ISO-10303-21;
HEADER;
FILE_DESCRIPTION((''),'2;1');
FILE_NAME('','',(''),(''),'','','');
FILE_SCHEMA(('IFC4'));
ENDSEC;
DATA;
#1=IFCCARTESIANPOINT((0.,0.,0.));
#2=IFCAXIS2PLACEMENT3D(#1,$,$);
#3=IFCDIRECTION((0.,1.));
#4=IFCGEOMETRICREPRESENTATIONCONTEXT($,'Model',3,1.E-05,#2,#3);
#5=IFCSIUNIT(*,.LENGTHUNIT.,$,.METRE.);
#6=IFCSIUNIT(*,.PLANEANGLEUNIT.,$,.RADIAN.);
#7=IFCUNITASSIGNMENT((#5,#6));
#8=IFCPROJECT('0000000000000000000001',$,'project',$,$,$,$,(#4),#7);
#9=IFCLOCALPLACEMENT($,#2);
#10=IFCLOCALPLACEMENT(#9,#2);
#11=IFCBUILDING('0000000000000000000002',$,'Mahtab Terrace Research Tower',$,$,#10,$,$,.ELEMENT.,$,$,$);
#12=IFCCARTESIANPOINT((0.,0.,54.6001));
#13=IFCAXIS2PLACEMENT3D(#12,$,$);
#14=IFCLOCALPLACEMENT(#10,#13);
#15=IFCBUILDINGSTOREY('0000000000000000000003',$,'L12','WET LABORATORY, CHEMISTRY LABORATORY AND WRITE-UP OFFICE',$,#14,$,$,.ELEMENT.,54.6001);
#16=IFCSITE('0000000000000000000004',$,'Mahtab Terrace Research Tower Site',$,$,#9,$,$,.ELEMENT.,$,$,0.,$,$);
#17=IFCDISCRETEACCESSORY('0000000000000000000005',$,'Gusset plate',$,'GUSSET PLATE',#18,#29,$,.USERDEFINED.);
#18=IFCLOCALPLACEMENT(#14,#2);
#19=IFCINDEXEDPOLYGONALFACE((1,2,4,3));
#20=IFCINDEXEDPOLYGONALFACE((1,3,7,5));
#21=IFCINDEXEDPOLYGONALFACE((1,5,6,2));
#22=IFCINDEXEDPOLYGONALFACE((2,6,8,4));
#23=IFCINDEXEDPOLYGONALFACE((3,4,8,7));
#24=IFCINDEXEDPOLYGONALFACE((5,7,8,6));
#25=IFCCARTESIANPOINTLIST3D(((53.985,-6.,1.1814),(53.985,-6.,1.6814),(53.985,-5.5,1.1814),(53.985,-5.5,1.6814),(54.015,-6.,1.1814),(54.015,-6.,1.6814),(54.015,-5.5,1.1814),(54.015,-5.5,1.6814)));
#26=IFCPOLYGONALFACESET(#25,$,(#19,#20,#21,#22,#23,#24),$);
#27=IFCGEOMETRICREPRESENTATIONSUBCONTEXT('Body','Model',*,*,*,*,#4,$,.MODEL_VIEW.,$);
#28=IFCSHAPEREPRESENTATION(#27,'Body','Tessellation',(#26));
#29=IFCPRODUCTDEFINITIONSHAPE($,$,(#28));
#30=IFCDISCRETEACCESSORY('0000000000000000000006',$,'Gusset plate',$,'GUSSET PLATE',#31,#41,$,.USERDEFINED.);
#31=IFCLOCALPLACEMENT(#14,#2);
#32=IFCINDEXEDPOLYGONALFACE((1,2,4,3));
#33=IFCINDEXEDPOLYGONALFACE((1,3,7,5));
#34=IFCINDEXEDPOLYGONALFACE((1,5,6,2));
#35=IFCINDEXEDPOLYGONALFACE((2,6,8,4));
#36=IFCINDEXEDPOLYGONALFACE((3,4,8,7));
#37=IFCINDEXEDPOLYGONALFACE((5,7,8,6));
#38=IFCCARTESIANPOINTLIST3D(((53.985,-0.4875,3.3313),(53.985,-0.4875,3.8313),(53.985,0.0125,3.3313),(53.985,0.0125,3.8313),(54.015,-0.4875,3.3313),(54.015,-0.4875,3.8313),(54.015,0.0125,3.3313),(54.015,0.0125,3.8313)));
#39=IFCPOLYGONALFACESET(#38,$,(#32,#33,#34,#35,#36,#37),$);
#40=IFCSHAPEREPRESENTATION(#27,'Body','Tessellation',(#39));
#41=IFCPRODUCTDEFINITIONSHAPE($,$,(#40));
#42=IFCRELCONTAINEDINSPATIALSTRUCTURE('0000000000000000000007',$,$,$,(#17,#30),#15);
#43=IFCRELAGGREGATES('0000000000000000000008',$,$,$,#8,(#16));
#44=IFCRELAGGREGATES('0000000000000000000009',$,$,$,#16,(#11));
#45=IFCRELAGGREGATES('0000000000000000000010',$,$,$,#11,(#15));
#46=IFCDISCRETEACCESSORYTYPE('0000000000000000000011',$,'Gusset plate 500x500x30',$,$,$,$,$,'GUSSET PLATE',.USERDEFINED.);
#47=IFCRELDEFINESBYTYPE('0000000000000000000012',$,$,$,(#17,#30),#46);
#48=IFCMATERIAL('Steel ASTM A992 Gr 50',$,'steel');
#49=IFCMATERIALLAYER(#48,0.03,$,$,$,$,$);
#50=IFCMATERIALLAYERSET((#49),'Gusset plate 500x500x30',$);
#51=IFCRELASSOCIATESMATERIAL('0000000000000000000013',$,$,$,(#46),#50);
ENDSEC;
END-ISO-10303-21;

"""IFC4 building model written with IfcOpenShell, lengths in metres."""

from ifc_helpers import new_model, si_unit, direction, frame, origin, origin_2d, place, context, subcontext, project, spatial, rectangle, extrude, material, layer, layer_set, type_object, element, save


model = new_model("IFC4")

# Units and contexts
model_context = context("Model", 3, precision=1e-05, world=origin(), true_north=direction((0.0, 1.0)))
body_context = subcontext(model_context, "Body", "Model", "MODEL_VIEW")
ifc_project = project(units=[si_unit("LENGTHUNIT", "METRE"), si_unit("PLANEANGLEUNIT", "RADIAN")], contexts=[model_context])

# Site, building, storey
site_placement = place(None, origin())
site = spatial("IfcSite", under=ifc_project, at=site_placement, Name="Mahtab Terrace Research Tower Site", CompositionType="ELEMENT", RefElevation=0.0)
building_placement = place(site_placement, origin())
building = spatial("IfcBuilding", under=site, at=building_placement, Name="Mahtab Terrace Research Tower", CompositionType="ELEMENT")
storey_placement = place(building_placement, frame((0.0, 0.0, 54.6001)))
storey = spatial("IfcBuildingStorey", under=building, at=storey_placement, Name="L12", Description="WET LABORATORY, CHEMISTRY LABORATORY AND WRITE-UP OFFICE", CompositionType="ELEMENT", Elevation=54.6001)

# Discrete accessories
ifc_material_1 = material(Name="Steel ASTM A992 Gr 50", Category="steel")
ifc_layer_1 = layer(ifc_material_1, 0.03)
ifc_layer_set_1 = layer_set([ifc_layer_1], Name="Gusset plate 500x500x30")
discrete_accessory_type = type_object("IfcDiscreteAccessoryType", Name="Gusset plate 500x500x30", ElementType="GUSSET PLATE", PredefinedType="USERDEFINED", material=ifc_layer_set_1)
for number, where, z_axis, x_axis, name in (
    (1, (54.0, -5.75, 1.1814), (0.0, 0.0, 1.0), (0.0, 1.0, 0.0), "Gusset plate"),
    (2, (54.0, -0.2375, 3.3313), (0.0, 0.0, 1.0), (0.0, 1.0, 0.0), "Gusset plate"),
):
    element("IfcDiscreteAccessory", number, at=place(storey_placement, frame(where, z_axis=z_axis, x_axis=x_axis)), inside=storey, type_object=discrete_accessory_type, Name=name, ObjectType="GUSSET PLATE", PredefinedType="USERDEFINED", context=body_context, shape_type="SweptSolid", body=[
        extrude(rectangle(XDim=0.5, YDim=0.03, at=origin_2d()), origin(), (0.0, 0.0, 1.0), 0.5),
    ])

save(model, "model.ifc")
